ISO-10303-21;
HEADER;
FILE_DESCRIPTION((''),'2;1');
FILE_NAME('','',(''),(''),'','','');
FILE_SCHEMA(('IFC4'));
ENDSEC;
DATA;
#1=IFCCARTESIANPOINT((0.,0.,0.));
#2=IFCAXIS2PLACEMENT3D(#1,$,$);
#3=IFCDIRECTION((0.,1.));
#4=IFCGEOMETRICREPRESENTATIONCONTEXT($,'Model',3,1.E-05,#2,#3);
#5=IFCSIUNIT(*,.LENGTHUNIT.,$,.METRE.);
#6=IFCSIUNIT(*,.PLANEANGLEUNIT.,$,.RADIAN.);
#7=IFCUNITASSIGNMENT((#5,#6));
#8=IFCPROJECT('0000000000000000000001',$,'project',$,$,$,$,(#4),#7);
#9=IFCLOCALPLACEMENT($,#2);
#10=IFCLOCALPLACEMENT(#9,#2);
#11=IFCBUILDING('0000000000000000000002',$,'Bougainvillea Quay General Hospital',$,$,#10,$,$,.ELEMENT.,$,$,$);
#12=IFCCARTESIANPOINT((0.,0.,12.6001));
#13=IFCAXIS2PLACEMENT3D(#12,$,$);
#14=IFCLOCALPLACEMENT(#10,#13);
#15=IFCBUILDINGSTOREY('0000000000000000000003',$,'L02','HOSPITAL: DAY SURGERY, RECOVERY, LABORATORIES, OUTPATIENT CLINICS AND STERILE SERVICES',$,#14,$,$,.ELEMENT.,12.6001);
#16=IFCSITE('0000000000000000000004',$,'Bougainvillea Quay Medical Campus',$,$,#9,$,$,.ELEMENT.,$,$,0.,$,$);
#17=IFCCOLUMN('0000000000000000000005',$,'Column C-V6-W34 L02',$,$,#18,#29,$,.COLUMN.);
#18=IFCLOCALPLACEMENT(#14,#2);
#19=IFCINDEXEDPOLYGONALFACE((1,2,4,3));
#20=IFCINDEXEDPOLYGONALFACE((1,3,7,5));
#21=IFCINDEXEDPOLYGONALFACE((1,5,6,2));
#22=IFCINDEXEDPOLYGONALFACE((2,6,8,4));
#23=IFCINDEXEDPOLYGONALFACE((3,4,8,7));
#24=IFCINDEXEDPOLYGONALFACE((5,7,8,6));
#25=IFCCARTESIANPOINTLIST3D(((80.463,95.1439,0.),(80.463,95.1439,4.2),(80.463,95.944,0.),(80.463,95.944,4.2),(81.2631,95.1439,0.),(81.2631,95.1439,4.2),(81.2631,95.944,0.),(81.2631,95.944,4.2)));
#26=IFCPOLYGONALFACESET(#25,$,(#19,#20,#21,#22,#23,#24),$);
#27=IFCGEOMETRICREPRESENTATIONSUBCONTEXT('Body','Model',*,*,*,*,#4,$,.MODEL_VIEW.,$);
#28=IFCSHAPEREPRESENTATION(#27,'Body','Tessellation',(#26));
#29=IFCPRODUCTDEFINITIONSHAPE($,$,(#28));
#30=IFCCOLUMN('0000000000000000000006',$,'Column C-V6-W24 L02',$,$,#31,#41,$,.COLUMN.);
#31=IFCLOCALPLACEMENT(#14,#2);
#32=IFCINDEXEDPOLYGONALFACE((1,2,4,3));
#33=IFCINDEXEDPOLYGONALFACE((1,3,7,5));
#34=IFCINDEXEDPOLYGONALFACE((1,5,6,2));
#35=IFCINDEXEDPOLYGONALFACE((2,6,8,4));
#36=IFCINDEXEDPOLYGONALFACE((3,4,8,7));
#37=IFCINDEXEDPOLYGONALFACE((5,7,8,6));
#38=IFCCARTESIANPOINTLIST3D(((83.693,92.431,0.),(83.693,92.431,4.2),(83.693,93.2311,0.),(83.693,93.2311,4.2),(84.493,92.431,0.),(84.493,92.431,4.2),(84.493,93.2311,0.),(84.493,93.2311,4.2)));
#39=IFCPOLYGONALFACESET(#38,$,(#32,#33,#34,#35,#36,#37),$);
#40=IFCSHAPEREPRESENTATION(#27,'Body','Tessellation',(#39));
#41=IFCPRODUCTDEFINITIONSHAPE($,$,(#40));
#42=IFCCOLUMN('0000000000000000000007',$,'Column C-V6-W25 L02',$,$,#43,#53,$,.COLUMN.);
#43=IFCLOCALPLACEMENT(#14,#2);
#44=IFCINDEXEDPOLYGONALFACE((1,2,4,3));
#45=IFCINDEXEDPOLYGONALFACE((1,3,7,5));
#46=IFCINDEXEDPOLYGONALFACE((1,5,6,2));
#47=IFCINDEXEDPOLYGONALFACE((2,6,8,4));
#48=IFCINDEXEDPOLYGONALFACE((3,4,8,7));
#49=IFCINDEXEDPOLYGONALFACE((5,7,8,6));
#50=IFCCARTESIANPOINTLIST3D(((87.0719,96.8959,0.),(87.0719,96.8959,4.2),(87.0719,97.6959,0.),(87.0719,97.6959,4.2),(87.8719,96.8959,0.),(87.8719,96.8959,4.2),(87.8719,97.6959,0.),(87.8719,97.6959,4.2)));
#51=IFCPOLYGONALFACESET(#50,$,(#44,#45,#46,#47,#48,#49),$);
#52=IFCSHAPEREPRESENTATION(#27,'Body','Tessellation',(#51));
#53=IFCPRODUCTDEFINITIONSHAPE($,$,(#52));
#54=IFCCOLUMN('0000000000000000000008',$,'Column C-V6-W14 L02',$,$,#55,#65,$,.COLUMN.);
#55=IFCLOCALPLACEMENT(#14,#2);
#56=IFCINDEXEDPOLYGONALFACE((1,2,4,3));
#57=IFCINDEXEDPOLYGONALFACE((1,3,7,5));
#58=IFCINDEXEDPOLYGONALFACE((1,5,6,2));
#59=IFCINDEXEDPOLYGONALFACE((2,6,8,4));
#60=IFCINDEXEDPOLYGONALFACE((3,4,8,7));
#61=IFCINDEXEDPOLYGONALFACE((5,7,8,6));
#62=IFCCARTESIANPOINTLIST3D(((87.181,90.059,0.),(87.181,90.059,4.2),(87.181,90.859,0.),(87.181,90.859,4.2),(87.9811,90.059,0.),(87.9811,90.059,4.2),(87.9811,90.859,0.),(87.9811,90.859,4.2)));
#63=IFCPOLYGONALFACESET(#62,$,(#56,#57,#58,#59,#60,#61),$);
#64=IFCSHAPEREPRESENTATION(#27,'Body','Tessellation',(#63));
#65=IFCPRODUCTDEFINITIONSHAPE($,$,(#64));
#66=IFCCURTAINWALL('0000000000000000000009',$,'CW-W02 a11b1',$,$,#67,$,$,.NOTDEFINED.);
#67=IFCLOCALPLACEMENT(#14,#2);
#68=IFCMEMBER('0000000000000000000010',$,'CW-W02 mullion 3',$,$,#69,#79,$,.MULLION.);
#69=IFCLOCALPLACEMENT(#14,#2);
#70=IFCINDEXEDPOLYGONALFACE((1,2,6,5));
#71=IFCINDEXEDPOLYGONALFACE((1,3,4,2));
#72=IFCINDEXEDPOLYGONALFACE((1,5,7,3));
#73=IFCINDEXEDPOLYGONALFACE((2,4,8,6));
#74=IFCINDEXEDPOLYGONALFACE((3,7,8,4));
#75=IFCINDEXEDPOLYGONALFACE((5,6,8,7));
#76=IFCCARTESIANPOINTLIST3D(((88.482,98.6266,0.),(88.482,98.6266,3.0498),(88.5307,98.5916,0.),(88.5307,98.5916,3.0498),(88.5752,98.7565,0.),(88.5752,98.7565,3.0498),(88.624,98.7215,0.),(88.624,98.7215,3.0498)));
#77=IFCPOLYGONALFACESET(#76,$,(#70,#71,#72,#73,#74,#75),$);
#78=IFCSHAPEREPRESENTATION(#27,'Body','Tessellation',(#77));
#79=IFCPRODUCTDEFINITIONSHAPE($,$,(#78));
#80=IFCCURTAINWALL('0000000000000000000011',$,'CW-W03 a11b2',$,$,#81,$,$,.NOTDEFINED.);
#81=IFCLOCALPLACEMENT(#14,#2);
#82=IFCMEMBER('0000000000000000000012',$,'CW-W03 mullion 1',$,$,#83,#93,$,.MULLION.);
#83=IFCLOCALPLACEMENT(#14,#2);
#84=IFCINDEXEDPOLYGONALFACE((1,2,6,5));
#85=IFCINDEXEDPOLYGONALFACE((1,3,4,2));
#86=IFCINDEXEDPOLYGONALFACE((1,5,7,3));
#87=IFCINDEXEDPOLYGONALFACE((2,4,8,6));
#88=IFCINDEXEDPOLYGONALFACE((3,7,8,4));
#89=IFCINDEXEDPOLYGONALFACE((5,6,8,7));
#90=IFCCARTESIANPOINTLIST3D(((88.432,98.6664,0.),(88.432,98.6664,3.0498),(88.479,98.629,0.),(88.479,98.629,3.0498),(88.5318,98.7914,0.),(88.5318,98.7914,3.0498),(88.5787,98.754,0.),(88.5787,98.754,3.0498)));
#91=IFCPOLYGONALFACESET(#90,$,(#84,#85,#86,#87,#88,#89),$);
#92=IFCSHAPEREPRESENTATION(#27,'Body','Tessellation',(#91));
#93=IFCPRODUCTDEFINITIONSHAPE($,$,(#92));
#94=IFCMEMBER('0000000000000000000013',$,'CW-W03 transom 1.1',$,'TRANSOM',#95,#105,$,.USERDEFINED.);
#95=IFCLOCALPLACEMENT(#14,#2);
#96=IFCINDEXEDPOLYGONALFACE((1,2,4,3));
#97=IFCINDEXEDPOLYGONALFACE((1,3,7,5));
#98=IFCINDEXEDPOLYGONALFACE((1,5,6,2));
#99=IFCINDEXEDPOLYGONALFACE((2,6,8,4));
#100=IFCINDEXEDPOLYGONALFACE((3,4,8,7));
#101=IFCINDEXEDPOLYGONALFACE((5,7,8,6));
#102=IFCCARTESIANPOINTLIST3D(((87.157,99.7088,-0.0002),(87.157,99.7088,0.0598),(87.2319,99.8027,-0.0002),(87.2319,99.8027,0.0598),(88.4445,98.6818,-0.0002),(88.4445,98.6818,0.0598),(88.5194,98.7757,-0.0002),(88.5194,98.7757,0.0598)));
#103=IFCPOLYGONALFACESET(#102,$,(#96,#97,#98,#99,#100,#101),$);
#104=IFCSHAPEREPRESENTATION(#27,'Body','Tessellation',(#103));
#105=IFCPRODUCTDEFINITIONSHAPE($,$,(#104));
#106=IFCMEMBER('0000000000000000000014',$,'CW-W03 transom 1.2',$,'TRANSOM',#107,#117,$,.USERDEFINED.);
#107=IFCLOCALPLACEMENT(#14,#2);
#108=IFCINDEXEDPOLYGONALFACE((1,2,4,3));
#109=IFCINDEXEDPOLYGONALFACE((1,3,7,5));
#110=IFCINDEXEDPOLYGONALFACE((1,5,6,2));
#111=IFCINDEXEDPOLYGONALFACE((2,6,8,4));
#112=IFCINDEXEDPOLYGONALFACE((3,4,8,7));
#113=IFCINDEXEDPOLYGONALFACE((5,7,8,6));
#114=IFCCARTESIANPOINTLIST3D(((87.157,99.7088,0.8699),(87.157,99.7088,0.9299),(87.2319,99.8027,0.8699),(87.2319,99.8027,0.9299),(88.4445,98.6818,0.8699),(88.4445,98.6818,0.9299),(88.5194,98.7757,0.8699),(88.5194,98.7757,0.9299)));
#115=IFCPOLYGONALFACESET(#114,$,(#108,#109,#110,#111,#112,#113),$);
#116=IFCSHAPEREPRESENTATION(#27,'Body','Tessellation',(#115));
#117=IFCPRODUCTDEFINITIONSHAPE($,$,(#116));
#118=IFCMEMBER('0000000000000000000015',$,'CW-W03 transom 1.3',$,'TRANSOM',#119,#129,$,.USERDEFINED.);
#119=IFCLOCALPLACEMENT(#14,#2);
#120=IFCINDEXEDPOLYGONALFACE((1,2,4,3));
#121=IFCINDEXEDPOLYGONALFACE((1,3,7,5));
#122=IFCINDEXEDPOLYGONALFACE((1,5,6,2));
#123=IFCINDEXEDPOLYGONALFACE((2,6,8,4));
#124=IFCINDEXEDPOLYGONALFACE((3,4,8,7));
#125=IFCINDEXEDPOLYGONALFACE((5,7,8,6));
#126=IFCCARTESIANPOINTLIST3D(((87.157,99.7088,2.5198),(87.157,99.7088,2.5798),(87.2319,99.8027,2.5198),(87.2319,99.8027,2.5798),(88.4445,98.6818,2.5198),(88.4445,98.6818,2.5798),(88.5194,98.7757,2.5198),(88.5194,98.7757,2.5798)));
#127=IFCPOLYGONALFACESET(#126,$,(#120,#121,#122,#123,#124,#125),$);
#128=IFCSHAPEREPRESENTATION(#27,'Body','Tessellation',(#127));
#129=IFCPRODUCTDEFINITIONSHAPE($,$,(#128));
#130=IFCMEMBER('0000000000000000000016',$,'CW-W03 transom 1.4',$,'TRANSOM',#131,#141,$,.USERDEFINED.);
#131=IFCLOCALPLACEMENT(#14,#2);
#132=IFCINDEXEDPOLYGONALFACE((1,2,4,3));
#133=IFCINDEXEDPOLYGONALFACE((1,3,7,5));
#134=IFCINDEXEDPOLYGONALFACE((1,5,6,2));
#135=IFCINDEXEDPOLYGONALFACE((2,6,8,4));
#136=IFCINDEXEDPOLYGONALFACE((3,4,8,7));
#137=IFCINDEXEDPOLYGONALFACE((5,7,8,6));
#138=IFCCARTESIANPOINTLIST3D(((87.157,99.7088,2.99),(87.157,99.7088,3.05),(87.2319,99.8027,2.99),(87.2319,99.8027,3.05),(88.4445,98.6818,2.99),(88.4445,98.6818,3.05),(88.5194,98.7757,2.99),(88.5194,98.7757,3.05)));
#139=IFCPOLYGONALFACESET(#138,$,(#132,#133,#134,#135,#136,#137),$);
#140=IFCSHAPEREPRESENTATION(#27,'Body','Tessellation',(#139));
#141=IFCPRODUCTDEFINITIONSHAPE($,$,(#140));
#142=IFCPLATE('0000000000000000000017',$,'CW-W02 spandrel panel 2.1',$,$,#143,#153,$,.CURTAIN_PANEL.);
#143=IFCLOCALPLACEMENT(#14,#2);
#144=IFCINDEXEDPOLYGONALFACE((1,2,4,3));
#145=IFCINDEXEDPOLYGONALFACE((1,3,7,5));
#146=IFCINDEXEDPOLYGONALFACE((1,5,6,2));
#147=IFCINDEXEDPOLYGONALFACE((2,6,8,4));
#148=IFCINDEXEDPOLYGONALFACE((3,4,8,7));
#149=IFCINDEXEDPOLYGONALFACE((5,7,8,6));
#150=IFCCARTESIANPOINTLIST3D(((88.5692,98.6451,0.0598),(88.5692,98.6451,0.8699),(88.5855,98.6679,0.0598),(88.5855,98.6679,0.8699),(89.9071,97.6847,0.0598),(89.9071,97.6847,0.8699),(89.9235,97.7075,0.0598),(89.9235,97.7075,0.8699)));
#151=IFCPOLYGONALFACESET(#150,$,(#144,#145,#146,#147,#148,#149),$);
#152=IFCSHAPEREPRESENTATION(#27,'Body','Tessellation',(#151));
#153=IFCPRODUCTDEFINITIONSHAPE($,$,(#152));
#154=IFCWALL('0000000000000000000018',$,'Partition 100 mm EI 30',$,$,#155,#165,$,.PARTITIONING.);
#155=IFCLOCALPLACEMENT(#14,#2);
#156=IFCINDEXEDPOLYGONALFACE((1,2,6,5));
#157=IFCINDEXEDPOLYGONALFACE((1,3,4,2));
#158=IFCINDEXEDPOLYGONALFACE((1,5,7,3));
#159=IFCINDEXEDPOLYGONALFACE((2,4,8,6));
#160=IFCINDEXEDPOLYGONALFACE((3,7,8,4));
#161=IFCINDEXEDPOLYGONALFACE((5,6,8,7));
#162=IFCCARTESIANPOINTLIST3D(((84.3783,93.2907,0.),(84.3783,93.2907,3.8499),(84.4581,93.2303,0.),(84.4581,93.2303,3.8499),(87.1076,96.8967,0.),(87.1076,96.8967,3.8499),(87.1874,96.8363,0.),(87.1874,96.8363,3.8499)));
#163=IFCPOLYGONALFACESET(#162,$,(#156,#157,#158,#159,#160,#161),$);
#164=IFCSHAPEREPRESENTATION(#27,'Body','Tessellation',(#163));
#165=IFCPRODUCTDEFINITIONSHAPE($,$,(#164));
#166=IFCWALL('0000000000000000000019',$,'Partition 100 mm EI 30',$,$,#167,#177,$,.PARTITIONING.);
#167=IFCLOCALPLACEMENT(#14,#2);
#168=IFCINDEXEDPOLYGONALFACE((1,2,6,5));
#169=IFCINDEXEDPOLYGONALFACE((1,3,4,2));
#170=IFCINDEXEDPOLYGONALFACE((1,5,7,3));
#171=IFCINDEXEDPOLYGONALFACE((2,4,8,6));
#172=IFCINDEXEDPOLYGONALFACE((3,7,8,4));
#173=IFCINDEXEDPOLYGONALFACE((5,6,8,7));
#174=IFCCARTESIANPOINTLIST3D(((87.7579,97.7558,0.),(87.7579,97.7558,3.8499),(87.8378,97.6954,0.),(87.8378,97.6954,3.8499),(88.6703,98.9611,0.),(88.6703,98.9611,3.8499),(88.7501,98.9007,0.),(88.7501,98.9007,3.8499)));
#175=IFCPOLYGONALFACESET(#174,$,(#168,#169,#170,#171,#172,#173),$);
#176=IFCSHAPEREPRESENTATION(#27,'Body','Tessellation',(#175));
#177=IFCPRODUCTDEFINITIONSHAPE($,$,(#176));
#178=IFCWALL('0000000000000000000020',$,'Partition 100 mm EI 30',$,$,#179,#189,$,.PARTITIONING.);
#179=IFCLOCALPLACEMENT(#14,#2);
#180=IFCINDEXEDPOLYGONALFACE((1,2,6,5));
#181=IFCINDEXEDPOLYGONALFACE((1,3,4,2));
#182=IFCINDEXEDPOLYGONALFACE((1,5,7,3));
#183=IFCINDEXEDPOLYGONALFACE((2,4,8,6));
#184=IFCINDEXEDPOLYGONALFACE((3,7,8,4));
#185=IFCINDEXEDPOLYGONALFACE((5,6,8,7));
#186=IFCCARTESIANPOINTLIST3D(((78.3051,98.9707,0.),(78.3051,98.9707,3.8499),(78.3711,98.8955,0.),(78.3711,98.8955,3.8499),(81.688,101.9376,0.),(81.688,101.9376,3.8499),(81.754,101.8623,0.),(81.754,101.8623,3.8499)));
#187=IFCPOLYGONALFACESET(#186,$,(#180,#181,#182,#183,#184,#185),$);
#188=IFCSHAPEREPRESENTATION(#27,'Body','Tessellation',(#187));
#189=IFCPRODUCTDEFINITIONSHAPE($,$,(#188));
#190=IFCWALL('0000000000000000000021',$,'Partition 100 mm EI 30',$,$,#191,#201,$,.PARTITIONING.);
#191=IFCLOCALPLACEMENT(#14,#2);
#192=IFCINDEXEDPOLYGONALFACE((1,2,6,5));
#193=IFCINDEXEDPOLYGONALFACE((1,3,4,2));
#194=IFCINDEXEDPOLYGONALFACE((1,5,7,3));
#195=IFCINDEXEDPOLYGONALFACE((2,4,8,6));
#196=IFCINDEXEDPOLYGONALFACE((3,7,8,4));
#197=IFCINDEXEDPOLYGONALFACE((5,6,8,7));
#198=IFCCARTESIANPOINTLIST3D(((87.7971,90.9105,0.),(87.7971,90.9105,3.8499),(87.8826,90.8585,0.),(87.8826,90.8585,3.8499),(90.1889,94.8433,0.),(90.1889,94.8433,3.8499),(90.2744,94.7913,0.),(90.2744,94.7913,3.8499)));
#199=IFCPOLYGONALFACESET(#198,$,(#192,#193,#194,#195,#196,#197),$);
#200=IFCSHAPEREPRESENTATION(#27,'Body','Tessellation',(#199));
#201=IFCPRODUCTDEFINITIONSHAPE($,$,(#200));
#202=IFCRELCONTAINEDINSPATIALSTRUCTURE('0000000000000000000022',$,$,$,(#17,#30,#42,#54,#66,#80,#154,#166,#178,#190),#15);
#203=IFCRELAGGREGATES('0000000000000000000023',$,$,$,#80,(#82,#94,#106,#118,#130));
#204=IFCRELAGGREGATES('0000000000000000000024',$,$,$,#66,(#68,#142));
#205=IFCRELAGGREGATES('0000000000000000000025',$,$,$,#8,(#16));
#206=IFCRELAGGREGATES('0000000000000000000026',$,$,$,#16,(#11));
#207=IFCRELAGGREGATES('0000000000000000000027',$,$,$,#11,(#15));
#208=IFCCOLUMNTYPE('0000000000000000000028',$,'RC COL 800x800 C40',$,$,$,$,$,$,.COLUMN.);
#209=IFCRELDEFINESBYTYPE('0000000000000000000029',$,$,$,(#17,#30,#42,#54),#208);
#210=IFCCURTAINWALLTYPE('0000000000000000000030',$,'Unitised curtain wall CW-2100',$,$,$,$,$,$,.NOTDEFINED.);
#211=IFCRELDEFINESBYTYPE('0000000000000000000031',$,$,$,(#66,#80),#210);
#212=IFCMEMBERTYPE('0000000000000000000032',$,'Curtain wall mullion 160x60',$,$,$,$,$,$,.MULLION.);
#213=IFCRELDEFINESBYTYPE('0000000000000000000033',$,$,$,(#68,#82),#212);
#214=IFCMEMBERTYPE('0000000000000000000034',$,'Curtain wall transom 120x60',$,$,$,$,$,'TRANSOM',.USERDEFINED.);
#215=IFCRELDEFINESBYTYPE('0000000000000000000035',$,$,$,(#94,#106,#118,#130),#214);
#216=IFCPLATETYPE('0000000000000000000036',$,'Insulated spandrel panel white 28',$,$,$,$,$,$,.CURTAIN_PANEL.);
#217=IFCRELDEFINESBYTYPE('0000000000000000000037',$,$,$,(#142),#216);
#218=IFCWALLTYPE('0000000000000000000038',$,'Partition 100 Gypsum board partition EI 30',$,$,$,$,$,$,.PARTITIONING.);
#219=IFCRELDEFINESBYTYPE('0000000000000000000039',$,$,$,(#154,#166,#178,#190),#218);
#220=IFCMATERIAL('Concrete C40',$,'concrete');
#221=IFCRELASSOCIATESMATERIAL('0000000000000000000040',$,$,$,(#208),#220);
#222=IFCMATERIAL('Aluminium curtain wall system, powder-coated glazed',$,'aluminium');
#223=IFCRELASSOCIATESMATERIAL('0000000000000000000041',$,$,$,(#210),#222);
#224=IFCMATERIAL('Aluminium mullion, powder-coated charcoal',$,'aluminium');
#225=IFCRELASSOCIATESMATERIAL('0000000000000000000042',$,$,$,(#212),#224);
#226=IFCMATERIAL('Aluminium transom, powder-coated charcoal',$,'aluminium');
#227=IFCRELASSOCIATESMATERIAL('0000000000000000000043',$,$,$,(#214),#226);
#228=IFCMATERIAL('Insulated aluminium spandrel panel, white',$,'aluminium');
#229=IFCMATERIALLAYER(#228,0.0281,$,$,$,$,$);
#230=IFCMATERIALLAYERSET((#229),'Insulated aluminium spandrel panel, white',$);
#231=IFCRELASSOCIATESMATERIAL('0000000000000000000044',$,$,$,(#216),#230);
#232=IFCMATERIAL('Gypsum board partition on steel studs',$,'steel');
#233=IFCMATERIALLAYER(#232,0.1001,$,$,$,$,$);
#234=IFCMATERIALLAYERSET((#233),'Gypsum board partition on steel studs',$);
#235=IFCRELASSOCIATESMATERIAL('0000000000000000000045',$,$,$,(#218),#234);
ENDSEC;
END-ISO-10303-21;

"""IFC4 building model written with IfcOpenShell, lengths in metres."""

from ifc_helpers import new_model, si_unit, direction, frame, frame_2d, origin, origin_2d, place, context, subcontext, project, spatial, rectangle, extrude, material, layer, layer_set, material_profile, profile_set, type_object, element, aggregate, save


model = new_model("IFC4")

# Units and contexts
model_context = context("Model", 3, precision=1e-05, world=origin(), true_north=direction((0.0, 1.0)))
body_context = subcontext(model_context, "Body", "Model", "MODEL_VIEW")
ifc_project = project(units=[si_unit("LENGTHUNIT", "METRE"), si_unit("PLANEANGLEUNIT", "RADIAN")], contexts=[model_context])

# Site, building, storey
site_placement = place(None, origin())
site = spatial("IfcSite", under=ifc_project, at=site_placement, Name="Bougainvillea Quay Medical Campus", CompositionType="ELEMENT", RefElevation=0.0)
building_placement = place(site_placement, origin())
building = spatial("IfcBuilding", under=site, at=building_placement, Name="Bougainvillea Quay General Hospital", CompositionType="ELEMENT")
storey_placement = place(building_placement, frame((0.0, 0.0, 12.6001)))
storey = spatial("IfcBuildingStorey", under=building, at=storey_placement, Name="L02", Description="HOSPITAL: DAY SURGERY, RECOVERY, LABORATORIES, OUTPATIENT CLINICS AND STERILE SERVICES", CompositionType="ELEMENT", Elevation=12.6001)

# Columns
ifc_material_1 = material(Name="Concrete C40", Category="concrete")
ifc_material_profile_1 = material_profile(ifc_material_1, rectangle(XDim=0.8, YDim=0.8, at=origin_2d()))
ifc_profile_set_1 = profile_set([ifc_material_profile_1], Name="Concrete C40")
column_type = type_object("IfcColumnType", Name="RC COL 800x800 C40", PredefinedType="COLUMN", material=ifc_profile_set_1)
for number, where, z_axis, x_axis, name in (
    (1, (80.863, 95.5439, 0.0), (0.0, 0.0, 1.0), (1.0, 0.0, 0.0), "Column C-V6-W34 L02"),
    (2, (84.093, 92.8311, 0.0), (0.0, 0.0, 1.0), (1.0, 0.0, 0.0), "Column C-V6-W24 L02"),
    (3, (87.4719, 97.2959, 0.0), (0.0, 0.0, 1.0), (1.0, 0.0, 0.0), "Column C-V6-W25 L02"),
    (4, (87.5811, 90.459, 0.0), (0.0, 0.0, 1.0), (1.0, 0.0, 0.0), "Column C-V6-W14 L02"),
):
    element("IfcColumn", number, at=place(storey_placement, frame(where, z_axis=z_axis, x_axis=x_axis)), inside=storey, type_object=column_type, Name=name, PredefinedType="COLUMN", context=body_context, shape_type="SweptSolid", body=[
        extrude(rectangle(XDim=0.8, YDim=0.8, at=origin_2d()), origin(), (0.0, 0.0, 1.0), 4.2),
    ])

# Curtain wall, member
ifc_material_2 = material(Name="Aluminium curtain wall system, powder-coated glazed", Category="aluminium")
curtain_wall_type = type_object("IfcCurtainWallType", Name="Unitised curtain wall CW-2100", PredefinedType="NOTDEFINED", material=ifc_material_2)
curtain_wall_1_placement = place(storey_placement, origin())
curtain_wall_1 = element("IfcCurtainWall", 5, at=curtain_wall_1_placement, inside=storey, type_object=curtain_wall_type, Name="CW-W02 a11b1", PredefinedType="NOTDEFINED")
ifc_material_3 = material(Name="Aluminium mullion, powder-coated charcoal", Category="aluminium")
ifc_material_profile_2 = material_profile(ifc_material_3, rectangle(XDim=0.1599, YDim=0.0601, at=origin_2d()))
ifc_profile_set_2 = profile_set([ifc_material_profile_2], Name="Aluminium mullion, powder-coated charcoal")
member_type_1 = type_object("IfcMemberType", Name="Curtain wall mullion 160x60", PredefinedType="MULLION", material=ifc_profile_set_2)
member_1_placement = place(storey_placement, frame((88.553, 98.6741, 0.0), z_axis=(0.0, 0.0, 1.0), x_axis=(-0.58313, -0.812379, 0.0)))
member_1 = element("IfcMember", 6, at=member_1_placement, type_object=member_type_1, Name="CW-W02 mullion 3", PredefinedType="MULLION", context=body_context, shape_type="SweptSolid", body=[
    extrude(rectangle(XDim=0.1599, YDim=0.0601, at=origin_2d()), origin(), (0.0, 0.0, 1.0), 3.0498),
])

# Curtain wall, members
curtain_wall_2_placement = place(storey_placement, origin())
curtain_wall_2 = element("IfcCurtainWall", 7, at=curtain_wall_2_placement, inside=storey, type_object=curtain_wall_type, Name="CW-W03 a11b2", PredefinedType="NOTDEFINED")
member_2_placement = place(storey_placement, frame((88.5054, 98.7102, 0.0), z_axis=(0.0, 0.0, 1.0), x_axis=(-0.623566, -0.781771, 0.0)))
member_2 = element("IfcMember", 8, at=member_2_placement, type_object=member_type_1, Name="CW-W03 mullion 1", PredefinedType="MULLION", context=body_context, shape_type="SweptSolid", body=[
    extrude(rectangle(XDim=0.1599, YDim=0.0601, at=origin_2d()), origin(), (0.0, 0.0, 1.0), 3.0498),
])
ifc_material_4 = material(Name="Aluminium transom, powder-coated charcoal", Category="aluminium")
ifc_material_profile_3 = material_profile(ifc_material_4, rectangle(XDim=0.1201, YDim=0.0601, at=origin_2d()))
ifc_profile_set_3 = profile_set([ifc_material_profile_3], Name="Aluminium transom, powder-coated charcoal")
member_type_2 = type_object("IfcMemberType", Name="Curtain wall transom 120x60", ElementType="TRANSOM", PredefinedType="USERDEFINED", material=ifc_profile_set_3)
member_3_placement = place(storey_placement, frame((88.4819, 98.7288, 0.0298), z_axis=(-0.78175, 0.623592, 0.0), x_axis=(-0.623592, -0.78175, 0.0)))
member_3 = element("IfcMember", 9, at=member_3_placement, type_object=member_type_2, Name="CW-W03 transom 1.1", ObjectType="TRANSOM", PredefinedType="USERDEFINED", context=body_context, shape_type="SweptSolid", body=[
    extrude(rectangle(XDim=0.1201, YDim=0.0601, at=origin_2d()), origin(), (0.0, 0.0, 1.0), 1.647),
])
member_4_placement = place(storey_placement, frame((88.4819, 98.7288, 0.8999), z_axis=(-0.78175, 0.623592, 0.0), x_axis=(-0.623592, -0.78175, 0.0)))
member_4 = element("IfcMember", 10, at=member_4_placement, type_object=member_type_2, Name="CW-W03 transom 1.2", ObjectType="TRANSOM", PredefinedType="USERDEFINED", context=body_context, shape_type="SweptSolid", body=[
    extrude(rectangle(XDim=0.1201, YDim=0.0601, at=origin_2d()), origin(), (0.0, 0.0, 1.0), 1.647),
])
member_5_placement = place(storey_placement, frame((88.4819, 98.7288, 2.5498), z_axis=(-0.78175, 0.623592, 0.0), x_axis=(-0.623592, -0.78175, 0.0)))
member_5 = element("IfcMember", 11, at=member_5_placement, type_object=member_type_2, Name="CW-W03 transom 1.3", ObjectType="TRANSOM", PredefinedType="USERDEFINED", context=body_context, shape_type="SweptSolid", body=[
    extrude(rectangle(XDim=0.1201, YDim=0.0601, at=origin_2d()), origin(), (0.0, 0.0, 1.0), 1.647),
])
member_6_placement = place(storey_placement, frame((88.4819, 98.7288, 3.02), z_axis=(-0.78175, 0.623592, 0.0), x_axis=(-0.623592, -0.78175, 0.0)))
member_6 = element("IfcMember", 12, at=member_6_placement, type_object=member_type_2, Name="CW-W03 transom 1.4", ObjectType="TRANSOM", PredefinedType="USERDEFINED", context=body_context, shape_type="SweptSolid", body=[
    extrude(rectangle(XDim=0.1201, YDim=0.0601, at=origin_2d()), origin(), (0.0, 0.0, 1.0), 1.647),
])
aggregate(curtain_wall_2, [member_2, member_3, member_4, member_5, member_6])

# Plate
ifc_material_5 = material(Name="Insulated aluminium spandrel panel, white", Category="aluminium")
ifc_layer_1 = layer(ifc_material_5, 0.0281)
ifc_layer_set_1 = layer_set([ifc_layer_1], Name="Insulated aluminium spandrel panel, white")
plate_type = type_object("IfcPlateType", Name="Insulated spandrel panel white 28", PredefinedType="CURTAIN_PANEL", material=ifc_layer_set_1)
plate_placement = place(storey_placement, frame((89.2463, 98.1763, 0.0598), z_axis=(0.0, 0.0, 1.0), x_axis=(-0.812379, 0.58313, 0.0)))
plate = element("IfcPlate", 13, at=plate_placement, type_object=plate_type, Name="CW-W02 spandrel panel 2.1", PredefinedType="CURTAIN_PANEL", context=body_context, shape_type="SweptSolid", body=[
    extrude(rectangle(XDim=1.647, YDim=0.0281, at=origin_2d()), origin(), (0.0, 0.0, 1.0), 0.8101),
])
aggregate(curtain_wall_1, [member_1, plate])

# Walls
ifc_material_6 = material(Name="Gypsum board partition on steel studs", Category="steel")
ifc_layer_2 = layer(ifc_material_6, 0.1001)
ifc_layer_set_2 = layer_set([ifc_layer_2], Name="Gypsum board partition on steel studs")
wall_type_1 = type_object("IfcWallType", Name="Partition 100 Gypsum board partition EI 30", PredefinedType="PARTITIONING", material=ifc_layer_set_2)
wall_1_placement = place(storey_placement, frame((84.4182, 93.2605, 0.0), z_axis=(0.0, 0.0, 1.0), x_axis=(0.603501, 0.797362, 0.0)))
element("IfcWall", 14, at=wall_1_placement, inside=storey, type_object=wall_type_1, Name="Partition 100 mm EI 30", PredefinedType="PARTITIONING", context=body_context, shape_type="SweptSolid", body=[
    extrude(rectangle(XDim=4.5225, YDim=0.1001, at=frame_2d((2.2612, 0.0))), origin(), (0.0, 0.0, 1.0), 3.8499),
])
wall_2_placement = place(storey_placement, frame((87.7979, 97.7256, 0.0), z_axis=(0.0, 0.0, 1.0), x_axis=(0.603534, 0.797337, 0.0)))
element("IfcWall", 15, at=wall_2_placement, inside=storey, type_object=wall_type_1, Name="Partition 100 mm EI 30", PredefinedType="PARTITIONING", context=body_context, shape_type="SweptSolid", body=[
    extrude(rectangle(XDim=1.5117, YDim=0.1001, at=frame_2d((0.7559, 0.0))), origin(), (0.0, 0.0, 1.0), 3.8499),
])
wall_3_placement = place(storey_placement, frame((78.3381, 98.9331, 0.0), z_axis=(0.0, 0.0, 1.0), x_axis=(0.751823, 0.659365, 0.0)))
element("IfcWall", 16, at=wall_3_placement, inside=storey, type_object=wall_type_1, Name="Partition 100 mm EI 30", PredefinedType="PARTITIONING", context=body_context, shape_type="SweptSolid", body=[
    extrude(rectangle(XDim=4.4995, YDim=0.1001, at=frame_2d((2.2498, 0.0))), origin(), (0.0, 0.0, 1.0), 3.8499),
])
wall_4_placement = place(storey_placement, frame((87.8398, 90.8845, 0.0), z_axis=(0.0, 0.0, 1.0), x_axis=(0.519619, 0.854398, 0.0)))
element("IfcWall", 17, at=wall_4_placement, inside=storey, type_object=wall_type_1, Name="Partition 100 mm EI 30", PredefinedType="PARTITIONING", context=body_context, shape_type="SweptSolid", body=[
    extrude(rectangle(XDim=4.603, YDim=0.1001, at=frame_2d((2.3015, 0.0))), origin(), (0.0, 0.0, 1.0), 3.8499),
])

save(model, "model.ifc")
